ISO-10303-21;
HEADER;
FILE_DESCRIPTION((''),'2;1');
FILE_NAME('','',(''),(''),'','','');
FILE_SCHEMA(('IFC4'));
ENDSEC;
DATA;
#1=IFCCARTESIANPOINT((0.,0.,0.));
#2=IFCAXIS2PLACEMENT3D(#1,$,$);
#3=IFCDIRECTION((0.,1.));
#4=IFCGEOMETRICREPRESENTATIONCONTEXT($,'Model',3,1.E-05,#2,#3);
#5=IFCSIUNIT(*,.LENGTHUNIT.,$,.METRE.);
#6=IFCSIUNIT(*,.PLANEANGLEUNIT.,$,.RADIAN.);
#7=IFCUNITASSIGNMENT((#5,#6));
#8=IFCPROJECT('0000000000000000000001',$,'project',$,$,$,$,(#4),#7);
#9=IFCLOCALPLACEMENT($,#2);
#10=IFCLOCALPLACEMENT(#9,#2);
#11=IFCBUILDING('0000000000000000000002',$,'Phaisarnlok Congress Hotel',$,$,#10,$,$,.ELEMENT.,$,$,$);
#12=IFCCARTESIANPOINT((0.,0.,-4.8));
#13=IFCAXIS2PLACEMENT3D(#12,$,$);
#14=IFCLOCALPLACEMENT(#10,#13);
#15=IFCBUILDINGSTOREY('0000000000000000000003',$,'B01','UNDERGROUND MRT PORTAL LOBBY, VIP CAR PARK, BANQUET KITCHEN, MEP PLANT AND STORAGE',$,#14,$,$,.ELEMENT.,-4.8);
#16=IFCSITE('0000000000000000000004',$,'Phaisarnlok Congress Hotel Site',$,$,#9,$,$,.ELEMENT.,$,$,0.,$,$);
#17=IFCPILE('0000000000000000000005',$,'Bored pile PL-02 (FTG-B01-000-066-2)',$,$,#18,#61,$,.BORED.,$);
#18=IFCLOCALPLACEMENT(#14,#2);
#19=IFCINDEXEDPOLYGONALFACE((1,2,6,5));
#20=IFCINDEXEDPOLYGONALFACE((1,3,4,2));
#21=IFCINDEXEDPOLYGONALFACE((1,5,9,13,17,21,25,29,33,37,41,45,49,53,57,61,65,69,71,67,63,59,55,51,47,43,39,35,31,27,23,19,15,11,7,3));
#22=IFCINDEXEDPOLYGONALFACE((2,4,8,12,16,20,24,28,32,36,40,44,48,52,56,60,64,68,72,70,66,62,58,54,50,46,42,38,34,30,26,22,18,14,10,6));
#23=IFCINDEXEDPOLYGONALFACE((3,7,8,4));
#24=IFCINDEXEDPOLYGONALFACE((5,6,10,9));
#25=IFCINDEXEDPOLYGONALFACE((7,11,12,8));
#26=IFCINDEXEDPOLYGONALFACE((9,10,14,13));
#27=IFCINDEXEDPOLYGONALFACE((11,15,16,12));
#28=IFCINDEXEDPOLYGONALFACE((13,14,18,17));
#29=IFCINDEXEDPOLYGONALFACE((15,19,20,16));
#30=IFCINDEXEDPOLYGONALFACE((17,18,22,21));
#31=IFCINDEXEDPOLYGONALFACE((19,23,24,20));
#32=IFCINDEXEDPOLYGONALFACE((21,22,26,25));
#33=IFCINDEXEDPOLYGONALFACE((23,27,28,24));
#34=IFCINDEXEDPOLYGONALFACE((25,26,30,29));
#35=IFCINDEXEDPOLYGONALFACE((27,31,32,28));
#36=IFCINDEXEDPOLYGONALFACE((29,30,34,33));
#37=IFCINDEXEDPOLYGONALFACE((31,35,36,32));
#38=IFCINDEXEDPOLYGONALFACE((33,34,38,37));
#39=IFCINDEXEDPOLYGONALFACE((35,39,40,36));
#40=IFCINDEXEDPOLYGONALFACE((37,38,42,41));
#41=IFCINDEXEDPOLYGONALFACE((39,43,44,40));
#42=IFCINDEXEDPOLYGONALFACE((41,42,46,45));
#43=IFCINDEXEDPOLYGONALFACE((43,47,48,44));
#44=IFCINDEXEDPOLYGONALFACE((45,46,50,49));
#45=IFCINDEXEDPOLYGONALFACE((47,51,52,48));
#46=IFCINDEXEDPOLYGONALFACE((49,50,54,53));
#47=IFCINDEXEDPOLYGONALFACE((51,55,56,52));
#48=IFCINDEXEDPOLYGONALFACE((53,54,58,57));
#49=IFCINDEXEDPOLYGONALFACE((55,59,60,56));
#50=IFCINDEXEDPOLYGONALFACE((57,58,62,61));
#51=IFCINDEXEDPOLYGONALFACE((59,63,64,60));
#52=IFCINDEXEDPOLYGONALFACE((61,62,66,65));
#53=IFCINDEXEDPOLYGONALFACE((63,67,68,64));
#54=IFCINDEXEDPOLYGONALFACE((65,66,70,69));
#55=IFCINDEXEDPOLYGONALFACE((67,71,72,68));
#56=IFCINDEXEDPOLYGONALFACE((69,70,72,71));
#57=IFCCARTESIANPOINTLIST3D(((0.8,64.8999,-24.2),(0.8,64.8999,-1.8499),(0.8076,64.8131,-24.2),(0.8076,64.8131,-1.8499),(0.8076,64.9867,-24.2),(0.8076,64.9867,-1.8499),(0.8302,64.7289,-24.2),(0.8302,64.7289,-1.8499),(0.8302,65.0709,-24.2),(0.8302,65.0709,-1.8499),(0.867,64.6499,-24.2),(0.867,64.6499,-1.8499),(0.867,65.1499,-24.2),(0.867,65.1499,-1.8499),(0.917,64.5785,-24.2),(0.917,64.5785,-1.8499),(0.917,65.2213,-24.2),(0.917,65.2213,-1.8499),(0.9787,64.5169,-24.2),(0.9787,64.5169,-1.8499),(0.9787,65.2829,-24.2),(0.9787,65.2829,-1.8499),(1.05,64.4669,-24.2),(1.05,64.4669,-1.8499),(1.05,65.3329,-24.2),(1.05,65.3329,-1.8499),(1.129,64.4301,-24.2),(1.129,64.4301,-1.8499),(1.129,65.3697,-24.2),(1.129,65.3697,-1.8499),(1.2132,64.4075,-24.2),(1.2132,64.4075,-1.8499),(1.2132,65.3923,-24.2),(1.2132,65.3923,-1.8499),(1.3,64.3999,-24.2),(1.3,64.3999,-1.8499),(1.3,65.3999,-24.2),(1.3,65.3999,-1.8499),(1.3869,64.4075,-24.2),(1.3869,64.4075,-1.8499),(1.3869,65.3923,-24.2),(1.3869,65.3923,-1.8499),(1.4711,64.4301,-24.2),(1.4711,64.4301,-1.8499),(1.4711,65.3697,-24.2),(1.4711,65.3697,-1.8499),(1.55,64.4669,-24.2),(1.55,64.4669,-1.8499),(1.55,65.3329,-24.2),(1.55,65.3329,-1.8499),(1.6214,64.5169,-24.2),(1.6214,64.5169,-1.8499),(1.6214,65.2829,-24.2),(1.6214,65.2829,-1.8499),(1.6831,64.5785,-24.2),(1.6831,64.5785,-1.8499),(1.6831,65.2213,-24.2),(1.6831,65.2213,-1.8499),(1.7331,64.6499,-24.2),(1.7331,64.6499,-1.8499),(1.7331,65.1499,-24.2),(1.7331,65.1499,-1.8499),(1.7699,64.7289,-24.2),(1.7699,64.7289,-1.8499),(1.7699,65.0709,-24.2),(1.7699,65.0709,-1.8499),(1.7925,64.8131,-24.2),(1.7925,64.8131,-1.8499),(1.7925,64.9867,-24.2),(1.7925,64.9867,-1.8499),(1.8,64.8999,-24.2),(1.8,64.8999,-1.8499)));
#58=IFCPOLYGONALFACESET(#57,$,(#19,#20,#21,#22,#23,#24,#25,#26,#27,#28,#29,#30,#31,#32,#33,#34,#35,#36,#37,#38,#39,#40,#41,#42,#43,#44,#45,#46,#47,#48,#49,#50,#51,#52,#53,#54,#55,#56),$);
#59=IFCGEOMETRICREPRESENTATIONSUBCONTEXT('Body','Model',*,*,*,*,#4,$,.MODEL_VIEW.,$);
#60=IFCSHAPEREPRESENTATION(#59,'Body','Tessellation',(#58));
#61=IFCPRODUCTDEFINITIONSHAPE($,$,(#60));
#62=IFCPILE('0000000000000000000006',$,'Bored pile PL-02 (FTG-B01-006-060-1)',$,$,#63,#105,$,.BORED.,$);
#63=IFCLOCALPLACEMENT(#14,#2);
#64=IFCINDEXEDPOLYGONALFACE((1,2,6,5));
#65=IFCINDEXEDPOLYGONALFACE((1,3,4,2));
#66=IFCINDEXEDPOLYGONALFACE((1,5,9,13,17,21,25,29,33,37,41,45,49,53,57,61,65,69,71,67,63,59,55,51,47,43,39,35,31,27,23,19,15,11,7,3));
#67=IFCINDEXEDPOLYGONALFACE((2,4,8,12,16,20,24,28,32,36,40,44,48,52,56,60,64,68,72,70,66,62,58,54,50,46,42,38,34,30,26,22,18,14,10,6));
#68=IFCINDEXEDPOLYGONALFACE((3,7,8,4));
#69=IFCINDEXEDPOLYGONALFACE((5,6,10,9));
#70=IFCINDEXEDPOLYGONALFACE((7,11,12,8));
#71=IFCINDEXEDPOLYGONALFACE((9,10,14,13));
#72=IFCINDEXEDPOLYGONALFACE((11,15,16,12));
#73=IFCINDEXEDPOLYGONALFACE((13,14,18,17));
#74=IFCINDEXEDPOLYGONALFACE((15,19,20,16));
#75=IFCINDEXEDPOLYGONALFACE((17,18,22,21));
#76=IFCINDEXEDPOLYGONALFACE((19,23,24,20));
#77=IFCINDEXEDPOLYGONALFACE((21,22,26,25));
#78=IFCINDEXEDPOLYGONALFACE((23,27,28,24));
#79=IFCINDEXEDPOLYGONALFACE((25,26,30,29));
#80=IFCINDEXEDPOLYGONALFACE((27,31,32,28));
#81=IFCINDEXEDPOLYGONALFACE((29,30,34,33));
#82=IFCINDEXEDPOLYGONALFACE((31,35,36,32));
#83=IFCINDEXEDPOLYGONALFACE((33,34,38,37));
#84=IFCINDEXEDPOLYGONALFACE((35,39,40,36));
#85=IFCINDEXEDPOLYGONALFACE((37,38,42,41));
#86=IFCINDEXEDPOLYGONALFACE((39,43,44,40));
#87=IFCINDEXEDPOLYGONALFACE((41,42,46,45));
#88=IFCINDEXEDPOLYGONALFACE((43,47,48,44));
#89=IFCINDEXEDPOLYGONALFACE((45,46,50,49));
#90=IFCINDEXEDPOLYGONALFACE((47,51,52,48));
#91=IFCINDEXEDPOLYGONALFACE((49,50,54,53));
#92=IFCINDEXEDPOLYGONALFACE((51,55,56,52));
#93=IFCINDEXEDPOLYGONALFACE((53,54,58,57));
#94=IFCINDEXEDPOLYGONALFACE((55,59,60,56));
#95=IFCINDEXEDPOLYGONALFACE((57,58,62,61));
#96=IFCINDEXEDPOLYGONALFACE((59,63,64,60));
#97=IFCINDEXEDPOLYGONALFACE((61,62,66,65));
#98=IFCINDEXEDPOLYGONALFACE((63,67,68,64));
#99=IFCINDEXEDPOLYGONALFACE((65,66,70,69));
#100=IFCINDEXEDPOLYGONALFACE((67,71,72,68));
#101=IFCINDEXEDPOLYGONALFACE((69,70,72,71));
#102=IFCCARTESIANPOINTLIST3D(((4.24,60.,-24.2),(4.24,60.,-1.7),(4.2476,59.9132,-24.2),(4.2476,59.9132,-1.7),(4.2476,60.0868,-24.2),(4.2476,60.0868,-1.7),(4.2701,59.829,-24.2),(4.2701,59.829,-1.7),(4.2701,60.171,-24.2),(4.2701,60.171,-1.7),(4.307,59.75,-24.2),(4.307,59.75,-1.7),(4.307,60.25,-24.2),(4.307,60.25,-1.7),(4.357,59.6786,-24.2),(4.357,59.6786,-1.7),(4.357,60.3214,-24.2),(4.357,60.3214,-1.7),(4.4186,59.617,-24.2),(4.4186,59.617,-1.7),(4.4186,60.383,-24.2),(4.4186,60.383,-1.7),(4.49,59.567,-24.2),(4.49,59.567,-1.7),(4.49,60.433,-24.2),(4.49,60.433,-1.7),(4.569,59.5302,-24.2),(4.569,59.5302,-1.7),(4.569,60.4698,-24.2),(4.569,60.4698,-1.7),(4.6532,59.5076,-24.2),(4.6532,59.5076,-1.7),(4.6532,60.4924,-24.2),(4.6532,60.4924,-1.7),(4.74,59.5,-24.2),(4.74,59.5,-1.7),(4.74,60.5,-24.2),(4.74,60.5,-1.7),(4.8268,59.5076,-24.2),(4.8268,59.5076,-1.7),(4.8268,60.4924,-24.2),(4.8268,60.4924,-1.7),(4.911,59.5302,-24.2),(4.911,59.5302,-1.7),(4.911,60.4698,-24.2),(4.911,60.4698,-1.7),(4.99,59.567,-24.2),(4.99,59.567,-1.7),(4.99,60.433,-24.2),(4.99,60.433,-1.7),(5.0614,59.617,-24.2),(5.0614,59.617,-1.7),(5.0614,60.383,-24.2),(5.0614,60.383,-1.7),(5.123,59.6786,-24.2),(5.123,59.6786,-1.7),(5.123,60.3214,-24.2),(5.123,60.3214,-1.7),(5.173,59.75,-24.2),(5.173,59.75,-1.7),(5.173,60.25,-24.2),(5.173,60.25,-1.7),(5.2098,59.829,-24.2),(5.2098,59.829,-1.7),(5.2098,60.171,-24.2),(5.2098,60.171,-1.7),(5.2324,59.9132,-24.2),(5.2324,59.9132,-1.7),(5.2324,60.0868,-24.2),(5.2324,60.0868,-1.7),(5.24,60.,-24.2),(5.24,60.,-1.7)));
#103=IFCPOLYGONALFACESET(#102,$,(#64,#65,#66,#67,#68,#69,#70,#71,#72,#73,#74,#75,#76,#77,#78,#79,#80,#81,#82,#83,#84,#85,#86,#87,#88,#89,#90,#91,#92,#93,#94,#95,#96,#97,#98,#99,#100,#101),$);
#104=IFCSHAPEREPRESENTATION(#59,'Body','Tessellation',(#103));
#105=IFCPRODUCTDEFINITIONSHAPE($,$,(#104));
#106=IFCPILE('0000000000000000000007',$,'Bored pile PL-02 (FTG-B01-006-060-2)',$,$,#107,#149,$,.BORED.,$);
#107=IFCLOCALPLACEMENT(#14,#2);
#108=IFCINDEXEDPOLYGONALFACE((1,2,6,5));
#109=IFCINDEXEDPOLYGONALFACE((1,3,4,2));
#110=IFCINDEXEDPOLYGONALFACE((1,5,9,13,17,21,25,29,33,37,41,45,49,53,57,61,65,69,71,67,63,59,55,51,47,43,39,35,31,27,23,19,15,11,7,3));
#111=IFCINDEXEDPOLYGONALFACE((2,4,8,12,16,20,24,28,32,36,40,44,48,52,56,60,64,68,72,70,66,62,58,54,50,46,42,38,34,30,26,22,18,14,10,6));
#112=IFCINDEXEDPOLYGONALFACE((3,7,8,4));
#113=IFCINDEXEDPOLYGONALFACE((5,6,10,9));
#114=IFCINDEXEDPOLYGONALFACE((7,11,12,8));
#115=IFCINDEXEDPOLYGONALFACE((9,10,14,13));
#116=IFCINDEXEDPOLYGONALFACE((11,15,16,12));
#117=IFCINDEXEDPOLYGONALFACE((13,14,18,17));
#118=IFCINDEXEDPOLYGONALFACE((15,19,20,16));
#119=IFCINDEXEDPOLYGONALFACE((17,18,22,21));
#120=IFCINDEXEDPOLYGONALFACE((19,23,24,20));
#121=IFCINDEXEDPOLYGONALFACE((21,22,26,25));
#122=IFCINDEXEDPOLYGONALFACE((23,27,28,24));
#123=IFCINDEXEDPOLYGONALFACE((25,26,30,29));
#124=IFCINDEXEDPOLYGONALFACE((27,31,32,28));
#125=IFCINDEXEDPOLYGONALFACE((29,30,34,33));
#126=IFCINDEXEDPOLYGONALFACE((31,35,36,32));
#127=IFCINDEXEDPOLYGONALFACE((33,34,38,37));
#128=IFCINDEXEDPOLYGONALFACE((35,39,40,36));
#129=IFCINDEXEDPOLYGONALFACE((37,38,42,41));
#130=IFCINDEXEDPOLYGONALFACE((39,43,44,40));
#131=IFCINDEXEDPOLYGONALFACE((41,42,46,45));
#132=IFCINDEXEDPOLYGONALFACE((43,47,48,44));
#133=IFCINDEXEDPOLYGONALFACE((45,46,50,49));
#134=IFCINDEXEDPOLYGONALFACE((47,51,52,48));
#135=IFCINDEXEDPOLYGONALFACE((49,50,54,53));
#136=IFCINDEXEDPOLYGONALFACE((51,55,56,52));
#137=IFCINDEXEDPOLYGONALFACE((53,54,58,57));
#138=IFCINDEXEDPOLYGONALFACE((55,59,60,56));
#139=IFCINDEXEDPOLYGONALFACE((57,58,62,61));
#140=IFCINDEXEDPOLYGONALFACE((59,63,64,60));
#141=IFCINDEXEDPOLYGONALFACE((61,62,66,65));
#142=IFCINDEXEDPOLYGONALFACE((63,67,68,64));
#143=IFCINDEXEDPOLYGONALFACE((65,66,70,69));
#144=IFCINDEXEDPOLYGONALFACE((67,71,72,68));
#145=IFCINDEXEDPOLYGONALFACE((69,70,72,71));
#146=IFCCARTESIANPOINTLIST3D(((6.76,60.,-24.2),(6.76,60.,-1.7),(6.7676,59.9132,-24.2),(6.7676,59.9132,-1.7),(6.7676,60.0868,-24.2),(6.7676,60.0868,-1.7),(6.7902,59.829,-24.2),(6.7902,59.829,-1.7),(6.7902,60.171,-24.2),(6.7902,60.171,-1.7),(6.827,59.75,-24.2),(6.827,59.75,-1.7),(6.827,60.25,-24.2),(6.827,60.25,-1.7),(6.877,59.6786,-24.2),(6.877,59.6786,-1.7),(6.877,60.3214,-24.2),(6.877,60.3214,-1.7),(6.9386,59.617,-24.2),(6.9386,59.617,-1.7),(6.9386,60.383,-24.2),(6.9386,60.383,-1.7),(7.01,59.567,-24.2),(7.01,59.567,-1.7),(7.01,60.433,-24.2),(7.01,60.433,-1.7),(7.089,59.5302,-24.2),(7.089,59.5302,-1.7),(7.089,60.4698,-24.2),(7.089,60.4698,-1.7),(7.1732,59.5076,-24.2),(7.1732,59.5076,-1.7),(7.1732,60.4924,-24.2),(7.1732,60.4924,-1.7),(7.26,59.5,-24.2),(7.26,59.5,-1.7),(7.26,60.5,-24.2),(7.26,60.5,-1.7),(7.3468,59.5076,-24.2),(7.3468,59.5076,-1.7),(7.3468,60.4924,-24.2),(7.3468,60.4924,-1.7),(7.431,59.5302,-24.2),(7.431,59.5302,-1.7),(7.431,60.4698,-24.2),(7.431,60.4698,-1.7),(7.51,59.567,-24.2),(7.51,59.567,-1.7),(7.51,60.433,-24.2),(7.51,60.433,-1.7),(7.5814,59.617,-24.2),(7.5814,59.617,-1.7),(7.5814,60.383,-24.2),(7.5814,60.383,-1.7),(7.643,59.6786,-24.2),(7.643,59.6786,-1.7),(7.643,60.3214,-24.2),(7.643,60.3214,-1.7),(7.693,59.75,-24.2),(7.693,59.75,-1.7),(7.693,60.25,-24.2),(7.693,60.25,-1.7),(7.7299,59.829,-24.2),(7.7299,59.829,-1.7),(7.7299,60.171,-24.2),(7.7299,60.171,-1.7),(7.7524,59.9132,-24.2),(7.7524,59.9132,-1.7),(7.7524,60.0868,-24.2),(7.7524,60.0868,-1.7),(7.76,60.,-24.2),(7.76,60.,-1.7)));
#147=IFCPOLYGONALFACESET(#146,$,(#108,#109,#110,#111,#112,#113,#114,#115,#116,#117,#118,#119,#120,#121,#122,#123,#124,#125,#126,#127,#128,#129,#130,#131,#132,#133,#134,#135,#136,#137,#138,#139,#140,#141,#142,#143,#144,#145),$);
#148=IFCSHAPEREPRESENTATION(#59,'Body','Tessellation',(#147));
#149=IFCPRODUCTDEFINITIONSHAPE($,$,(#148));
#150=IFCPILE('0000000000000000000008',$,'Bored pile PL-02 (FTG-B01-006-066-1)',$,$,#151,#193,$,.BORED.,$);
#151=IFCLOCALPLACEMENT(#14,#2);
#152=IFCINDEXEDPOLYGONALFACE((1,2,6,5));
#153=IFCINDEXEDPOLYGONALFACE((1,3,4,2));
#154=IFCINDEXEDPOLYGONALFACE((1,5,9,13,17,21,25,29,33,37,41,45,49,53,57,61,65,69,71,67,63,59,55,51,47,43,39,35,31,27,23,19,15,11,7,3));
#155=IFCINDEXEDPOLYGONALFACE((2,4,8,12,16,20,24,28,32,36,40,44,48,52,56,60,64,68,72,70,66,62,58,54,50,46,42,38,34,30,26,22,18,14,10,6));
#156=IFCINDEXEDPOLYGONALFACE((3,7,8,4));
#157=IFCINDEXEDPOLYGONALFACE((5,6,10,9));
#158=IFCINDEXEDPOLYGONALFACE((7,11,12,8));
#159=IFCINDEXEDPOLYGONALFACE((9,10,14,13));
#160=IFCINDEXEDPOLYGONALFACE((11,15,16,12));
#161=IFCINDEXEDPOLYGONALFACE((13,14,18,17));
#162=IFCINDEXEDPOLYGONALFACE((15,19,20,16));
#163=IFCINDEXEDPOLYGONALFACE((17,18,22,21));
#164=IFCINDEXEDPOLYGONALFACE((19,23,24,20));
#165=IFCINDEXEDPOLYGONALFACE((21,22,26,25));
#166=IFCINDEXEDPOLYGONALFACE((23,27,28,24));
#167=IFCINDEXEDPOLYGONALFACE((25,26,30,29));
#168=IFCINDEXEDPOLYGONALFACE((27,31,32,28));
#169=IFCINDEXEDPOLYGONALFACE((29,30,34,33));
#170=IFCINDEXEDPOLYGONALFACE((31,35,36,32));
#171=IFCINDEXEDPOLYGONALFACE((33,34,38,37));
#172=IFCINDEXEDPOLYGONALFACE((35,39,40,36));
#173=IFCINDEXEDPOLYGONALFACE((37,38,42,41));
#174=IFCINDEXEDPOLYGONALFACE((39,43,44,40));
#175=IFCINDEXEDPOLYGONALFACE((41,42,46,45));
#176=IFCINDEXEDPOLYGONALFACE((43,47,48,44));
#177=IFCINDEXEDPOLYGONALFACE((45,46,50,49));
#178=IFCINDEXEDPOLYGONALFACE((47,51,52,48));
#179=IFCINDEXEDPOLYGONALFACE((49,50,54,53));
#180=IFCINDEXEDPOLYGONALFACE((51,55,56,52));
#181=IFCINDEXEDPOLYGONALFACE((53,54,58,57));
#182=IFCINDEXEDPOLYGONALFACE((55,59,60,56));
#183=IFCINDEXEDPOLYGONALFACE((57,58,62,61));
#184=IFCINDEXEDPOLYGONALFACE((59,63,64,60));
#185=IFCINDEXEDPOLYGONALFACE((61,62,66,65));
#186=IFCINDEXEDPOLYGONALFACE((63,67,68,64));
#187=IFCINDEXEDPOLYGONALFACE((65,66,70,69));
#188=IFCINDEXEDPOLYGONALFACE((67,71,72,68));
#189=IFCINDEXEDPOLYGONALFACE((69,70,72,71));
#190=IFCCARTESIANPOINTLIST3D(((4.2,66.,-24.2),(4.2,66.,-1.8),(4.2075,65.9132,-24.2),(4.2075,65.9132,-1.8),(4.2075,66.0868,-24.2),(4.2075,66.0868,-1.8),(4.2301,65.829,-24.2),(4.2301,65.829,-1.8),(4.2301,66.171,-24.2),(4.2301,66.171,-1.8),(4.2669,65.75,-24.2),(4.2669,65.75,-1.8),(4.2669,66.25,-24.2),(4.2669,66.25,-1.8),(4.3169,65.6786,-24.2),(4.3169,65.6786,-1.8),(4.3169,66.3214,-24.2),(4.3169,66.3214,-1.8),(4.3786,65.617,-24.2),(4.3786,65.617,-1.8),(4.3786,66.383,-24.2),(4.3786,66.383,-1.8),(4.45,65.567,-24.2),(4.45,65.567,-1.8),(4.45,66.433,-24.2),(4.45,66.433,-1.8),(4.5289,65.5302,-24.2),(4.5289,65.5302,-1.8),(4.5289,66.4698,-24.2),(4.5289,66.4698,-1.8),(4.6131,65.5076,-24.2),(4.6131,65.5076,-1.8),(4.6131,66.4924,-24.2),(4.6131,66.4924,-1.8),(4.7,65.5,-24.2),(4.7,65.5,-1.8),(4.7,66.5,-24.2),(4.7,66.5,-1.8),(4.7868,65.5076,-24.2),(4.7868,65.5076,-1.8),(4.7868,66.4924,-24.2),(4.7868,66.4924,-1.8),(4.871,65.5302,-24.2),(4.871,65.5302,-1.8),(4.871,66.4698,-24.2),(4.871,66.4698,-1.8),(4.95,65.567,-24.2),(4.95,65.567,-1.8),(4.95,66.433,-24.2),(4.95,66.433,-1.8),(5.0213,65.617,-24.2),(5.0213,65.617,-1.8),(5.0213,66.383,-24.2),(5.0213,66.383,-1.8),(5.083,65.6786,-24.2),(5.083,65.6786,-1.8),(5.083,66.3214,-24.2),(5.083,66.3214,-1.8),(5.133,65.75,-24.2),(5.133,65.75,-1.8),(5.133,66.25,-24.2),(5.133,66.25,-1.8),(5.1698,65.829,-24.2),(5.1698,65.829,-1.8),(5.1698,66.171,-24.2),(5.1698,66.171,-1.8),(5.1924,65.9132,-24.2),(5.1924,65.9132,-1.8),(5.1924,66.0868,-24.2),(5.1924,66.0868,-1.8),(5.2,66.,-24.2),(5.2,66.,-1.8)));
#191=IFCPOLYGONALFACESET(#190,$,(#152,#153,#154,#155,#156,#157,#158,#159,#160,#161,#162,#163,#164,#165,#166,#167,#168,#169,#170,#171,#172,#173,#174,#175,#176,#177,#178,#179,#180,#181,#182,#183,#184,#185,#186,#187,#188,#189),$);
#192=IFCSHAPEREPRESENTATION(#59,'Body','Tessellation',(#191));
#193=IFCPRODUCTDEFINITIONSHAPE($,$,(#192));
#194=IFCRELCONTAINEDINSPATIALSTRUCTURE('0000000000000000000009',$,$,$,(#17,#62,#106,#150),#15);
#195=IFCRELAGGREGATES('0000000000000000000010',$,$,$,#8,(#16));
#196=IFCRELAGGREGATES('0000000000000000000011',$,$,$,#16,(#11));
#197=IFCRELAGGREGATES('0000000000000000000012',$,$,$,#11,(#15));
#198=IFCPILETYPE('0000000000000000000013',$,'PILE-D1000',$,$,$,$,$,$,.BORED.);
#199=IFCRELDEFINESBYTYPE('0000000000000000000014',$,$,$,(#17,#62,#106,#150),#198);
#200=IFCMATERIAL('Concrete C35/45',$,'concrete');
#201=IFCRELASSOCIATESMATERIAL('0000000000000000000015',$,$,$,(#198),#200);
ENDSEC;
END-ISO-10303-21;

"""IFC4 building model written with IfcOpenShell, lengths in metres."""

from ifc_helpers import new_model, si_unit, direction, frame, origin, origin_2d, place, context, subcontext, project, spatial, circle, extrude, material, material_profile, profile_set, type_object, element, save


model = new_model("IFC4")

# Units and contexts
model_context = context("Model", 3, precision=1e-05, world=origin(), true_north=direction((0.0, 1.0)))
body_context = subcontext(model_context, "Body", "Model", "MODEL_VIEW")
ifc_project = project(units=[si_unit("LENGTHUNIT", "METRE"), si_unit("PLANEANGLEUNIT", "RADIAN")], contexts=[model_context])

# Site, building, storey
site_placement = place(None, origin())
site = spatial("IfcSite", under=ifc_project, at=site_placement, Name="Phaisarnlok Congress Hotel Site", CompositionType="ELEMENT", RefElevation=0.0)
building_placement = place(site_placement, origin())
building = spatial("IfcBuilding", under=site, at=building_placement, Name="Phaisarnlok Congress Hotel", CompositionType="ELEMENT")
storey_placement = place(building_placement, frame((0.0, 0.0, -4.8)))
storey = spatial("IfcBuildingStorey", under=building, at=storey_placement, Name="B01", Description="UNDERGROUND MRT PORTAL LOBBY, VIP CAR PARK, BANQUET KITCHEN, MEP PLANT AND STORAGE", CompositionType="ELEMENT", Elevation=-4.8)

# Piles
ifc_material_1 = material(Name="Concrete C35/45", Category="concrete")
ifc_material_profile_1 = material_profile(ifc_material_1, circle(Radius=0.5, at=origin_2d()), Name="BORED PILE D1000")
ifc_profile_set_1 = profile_set([ifc_material_profile_1], Name="Concrete C35/45")
pile_type_1 = type_object("IfcPileType", Name="PILE-D1000", PredefinedType="BORED", material=ifc_profile_set_1)
for number, where, z_axis, x_axis, name in (
    (1, (1.3, 64.8999, -1.8499), (0.0, 0.0, -1.0), (1.0, 0.0, 0.0), "Bored pile PL-02 (FTG-B01-000-066-2)"),
):
    element("IfcPile", number, at=place(storey_placement, frame(where, z_axis=z_axis, x_axis=x_axis)), inside=storey, type_object=pile_type_1, Name=name, PredefinedType="BORED", context=body_context, shape_type="SweptSolid", body=[
        extrude(circle(Radius=0.5, at=origin_2d()), origin(), (0.0, 0.0, 1.0), 22.3501),
    ])
for number, where, z_axis, x_axis, name in (
    (2, (4.74, 60.0, -1.7), (0.0, 0.0, -1.0), (1.0, 0.0, 0.0), "Bored pile PL-02 (FTG-B01-006-060-1)"),
    (3, (7.26, 60.0, -1.7), (0.0, 0.0, -1.0), (1.0, 0.0, 0.0), "Bored pile PL-02 (FTG-B01-006-060-2)"),
):
    element("IfcPile", number, at=place(storey_placement, frame(where, z_axis=z_axis, x_axis=x_axis)), inside=storey, type_object=pile_type_1, Name=name, PredefinedType="BORED", context=body_context, shape_type="SweptSolid", body=[
        extrude(circle(Radius=0.5, at=origin_2d()), origin(), (0.0, 0.0, 1.0), 22.5),
    ])
for number, where, z_axis, x_axis, name in (
    (4, (4.7, 66.0, -1.8), (0.0, 0.0, -1.0), (1.0, 0.0, 0.0), "Bored pile PL-02 (FTG-B01-006-066-1)"),
):
    element("IfcPile", number, at=place(storey_placement, frame(where, z_axis=z_axis, x_axis=x_axis)), inside=storey, type_object=pile_type_1, Name=name, PredefinedType="BORED", context=body_context, shape_type="SweptSolid", body=[
        extrude(circle(Radius=0.5, at=origin_2d()), origin(), (0.0, 0.0, 1.0), 22.3999),
    ])

save(model, "model.ifc")
